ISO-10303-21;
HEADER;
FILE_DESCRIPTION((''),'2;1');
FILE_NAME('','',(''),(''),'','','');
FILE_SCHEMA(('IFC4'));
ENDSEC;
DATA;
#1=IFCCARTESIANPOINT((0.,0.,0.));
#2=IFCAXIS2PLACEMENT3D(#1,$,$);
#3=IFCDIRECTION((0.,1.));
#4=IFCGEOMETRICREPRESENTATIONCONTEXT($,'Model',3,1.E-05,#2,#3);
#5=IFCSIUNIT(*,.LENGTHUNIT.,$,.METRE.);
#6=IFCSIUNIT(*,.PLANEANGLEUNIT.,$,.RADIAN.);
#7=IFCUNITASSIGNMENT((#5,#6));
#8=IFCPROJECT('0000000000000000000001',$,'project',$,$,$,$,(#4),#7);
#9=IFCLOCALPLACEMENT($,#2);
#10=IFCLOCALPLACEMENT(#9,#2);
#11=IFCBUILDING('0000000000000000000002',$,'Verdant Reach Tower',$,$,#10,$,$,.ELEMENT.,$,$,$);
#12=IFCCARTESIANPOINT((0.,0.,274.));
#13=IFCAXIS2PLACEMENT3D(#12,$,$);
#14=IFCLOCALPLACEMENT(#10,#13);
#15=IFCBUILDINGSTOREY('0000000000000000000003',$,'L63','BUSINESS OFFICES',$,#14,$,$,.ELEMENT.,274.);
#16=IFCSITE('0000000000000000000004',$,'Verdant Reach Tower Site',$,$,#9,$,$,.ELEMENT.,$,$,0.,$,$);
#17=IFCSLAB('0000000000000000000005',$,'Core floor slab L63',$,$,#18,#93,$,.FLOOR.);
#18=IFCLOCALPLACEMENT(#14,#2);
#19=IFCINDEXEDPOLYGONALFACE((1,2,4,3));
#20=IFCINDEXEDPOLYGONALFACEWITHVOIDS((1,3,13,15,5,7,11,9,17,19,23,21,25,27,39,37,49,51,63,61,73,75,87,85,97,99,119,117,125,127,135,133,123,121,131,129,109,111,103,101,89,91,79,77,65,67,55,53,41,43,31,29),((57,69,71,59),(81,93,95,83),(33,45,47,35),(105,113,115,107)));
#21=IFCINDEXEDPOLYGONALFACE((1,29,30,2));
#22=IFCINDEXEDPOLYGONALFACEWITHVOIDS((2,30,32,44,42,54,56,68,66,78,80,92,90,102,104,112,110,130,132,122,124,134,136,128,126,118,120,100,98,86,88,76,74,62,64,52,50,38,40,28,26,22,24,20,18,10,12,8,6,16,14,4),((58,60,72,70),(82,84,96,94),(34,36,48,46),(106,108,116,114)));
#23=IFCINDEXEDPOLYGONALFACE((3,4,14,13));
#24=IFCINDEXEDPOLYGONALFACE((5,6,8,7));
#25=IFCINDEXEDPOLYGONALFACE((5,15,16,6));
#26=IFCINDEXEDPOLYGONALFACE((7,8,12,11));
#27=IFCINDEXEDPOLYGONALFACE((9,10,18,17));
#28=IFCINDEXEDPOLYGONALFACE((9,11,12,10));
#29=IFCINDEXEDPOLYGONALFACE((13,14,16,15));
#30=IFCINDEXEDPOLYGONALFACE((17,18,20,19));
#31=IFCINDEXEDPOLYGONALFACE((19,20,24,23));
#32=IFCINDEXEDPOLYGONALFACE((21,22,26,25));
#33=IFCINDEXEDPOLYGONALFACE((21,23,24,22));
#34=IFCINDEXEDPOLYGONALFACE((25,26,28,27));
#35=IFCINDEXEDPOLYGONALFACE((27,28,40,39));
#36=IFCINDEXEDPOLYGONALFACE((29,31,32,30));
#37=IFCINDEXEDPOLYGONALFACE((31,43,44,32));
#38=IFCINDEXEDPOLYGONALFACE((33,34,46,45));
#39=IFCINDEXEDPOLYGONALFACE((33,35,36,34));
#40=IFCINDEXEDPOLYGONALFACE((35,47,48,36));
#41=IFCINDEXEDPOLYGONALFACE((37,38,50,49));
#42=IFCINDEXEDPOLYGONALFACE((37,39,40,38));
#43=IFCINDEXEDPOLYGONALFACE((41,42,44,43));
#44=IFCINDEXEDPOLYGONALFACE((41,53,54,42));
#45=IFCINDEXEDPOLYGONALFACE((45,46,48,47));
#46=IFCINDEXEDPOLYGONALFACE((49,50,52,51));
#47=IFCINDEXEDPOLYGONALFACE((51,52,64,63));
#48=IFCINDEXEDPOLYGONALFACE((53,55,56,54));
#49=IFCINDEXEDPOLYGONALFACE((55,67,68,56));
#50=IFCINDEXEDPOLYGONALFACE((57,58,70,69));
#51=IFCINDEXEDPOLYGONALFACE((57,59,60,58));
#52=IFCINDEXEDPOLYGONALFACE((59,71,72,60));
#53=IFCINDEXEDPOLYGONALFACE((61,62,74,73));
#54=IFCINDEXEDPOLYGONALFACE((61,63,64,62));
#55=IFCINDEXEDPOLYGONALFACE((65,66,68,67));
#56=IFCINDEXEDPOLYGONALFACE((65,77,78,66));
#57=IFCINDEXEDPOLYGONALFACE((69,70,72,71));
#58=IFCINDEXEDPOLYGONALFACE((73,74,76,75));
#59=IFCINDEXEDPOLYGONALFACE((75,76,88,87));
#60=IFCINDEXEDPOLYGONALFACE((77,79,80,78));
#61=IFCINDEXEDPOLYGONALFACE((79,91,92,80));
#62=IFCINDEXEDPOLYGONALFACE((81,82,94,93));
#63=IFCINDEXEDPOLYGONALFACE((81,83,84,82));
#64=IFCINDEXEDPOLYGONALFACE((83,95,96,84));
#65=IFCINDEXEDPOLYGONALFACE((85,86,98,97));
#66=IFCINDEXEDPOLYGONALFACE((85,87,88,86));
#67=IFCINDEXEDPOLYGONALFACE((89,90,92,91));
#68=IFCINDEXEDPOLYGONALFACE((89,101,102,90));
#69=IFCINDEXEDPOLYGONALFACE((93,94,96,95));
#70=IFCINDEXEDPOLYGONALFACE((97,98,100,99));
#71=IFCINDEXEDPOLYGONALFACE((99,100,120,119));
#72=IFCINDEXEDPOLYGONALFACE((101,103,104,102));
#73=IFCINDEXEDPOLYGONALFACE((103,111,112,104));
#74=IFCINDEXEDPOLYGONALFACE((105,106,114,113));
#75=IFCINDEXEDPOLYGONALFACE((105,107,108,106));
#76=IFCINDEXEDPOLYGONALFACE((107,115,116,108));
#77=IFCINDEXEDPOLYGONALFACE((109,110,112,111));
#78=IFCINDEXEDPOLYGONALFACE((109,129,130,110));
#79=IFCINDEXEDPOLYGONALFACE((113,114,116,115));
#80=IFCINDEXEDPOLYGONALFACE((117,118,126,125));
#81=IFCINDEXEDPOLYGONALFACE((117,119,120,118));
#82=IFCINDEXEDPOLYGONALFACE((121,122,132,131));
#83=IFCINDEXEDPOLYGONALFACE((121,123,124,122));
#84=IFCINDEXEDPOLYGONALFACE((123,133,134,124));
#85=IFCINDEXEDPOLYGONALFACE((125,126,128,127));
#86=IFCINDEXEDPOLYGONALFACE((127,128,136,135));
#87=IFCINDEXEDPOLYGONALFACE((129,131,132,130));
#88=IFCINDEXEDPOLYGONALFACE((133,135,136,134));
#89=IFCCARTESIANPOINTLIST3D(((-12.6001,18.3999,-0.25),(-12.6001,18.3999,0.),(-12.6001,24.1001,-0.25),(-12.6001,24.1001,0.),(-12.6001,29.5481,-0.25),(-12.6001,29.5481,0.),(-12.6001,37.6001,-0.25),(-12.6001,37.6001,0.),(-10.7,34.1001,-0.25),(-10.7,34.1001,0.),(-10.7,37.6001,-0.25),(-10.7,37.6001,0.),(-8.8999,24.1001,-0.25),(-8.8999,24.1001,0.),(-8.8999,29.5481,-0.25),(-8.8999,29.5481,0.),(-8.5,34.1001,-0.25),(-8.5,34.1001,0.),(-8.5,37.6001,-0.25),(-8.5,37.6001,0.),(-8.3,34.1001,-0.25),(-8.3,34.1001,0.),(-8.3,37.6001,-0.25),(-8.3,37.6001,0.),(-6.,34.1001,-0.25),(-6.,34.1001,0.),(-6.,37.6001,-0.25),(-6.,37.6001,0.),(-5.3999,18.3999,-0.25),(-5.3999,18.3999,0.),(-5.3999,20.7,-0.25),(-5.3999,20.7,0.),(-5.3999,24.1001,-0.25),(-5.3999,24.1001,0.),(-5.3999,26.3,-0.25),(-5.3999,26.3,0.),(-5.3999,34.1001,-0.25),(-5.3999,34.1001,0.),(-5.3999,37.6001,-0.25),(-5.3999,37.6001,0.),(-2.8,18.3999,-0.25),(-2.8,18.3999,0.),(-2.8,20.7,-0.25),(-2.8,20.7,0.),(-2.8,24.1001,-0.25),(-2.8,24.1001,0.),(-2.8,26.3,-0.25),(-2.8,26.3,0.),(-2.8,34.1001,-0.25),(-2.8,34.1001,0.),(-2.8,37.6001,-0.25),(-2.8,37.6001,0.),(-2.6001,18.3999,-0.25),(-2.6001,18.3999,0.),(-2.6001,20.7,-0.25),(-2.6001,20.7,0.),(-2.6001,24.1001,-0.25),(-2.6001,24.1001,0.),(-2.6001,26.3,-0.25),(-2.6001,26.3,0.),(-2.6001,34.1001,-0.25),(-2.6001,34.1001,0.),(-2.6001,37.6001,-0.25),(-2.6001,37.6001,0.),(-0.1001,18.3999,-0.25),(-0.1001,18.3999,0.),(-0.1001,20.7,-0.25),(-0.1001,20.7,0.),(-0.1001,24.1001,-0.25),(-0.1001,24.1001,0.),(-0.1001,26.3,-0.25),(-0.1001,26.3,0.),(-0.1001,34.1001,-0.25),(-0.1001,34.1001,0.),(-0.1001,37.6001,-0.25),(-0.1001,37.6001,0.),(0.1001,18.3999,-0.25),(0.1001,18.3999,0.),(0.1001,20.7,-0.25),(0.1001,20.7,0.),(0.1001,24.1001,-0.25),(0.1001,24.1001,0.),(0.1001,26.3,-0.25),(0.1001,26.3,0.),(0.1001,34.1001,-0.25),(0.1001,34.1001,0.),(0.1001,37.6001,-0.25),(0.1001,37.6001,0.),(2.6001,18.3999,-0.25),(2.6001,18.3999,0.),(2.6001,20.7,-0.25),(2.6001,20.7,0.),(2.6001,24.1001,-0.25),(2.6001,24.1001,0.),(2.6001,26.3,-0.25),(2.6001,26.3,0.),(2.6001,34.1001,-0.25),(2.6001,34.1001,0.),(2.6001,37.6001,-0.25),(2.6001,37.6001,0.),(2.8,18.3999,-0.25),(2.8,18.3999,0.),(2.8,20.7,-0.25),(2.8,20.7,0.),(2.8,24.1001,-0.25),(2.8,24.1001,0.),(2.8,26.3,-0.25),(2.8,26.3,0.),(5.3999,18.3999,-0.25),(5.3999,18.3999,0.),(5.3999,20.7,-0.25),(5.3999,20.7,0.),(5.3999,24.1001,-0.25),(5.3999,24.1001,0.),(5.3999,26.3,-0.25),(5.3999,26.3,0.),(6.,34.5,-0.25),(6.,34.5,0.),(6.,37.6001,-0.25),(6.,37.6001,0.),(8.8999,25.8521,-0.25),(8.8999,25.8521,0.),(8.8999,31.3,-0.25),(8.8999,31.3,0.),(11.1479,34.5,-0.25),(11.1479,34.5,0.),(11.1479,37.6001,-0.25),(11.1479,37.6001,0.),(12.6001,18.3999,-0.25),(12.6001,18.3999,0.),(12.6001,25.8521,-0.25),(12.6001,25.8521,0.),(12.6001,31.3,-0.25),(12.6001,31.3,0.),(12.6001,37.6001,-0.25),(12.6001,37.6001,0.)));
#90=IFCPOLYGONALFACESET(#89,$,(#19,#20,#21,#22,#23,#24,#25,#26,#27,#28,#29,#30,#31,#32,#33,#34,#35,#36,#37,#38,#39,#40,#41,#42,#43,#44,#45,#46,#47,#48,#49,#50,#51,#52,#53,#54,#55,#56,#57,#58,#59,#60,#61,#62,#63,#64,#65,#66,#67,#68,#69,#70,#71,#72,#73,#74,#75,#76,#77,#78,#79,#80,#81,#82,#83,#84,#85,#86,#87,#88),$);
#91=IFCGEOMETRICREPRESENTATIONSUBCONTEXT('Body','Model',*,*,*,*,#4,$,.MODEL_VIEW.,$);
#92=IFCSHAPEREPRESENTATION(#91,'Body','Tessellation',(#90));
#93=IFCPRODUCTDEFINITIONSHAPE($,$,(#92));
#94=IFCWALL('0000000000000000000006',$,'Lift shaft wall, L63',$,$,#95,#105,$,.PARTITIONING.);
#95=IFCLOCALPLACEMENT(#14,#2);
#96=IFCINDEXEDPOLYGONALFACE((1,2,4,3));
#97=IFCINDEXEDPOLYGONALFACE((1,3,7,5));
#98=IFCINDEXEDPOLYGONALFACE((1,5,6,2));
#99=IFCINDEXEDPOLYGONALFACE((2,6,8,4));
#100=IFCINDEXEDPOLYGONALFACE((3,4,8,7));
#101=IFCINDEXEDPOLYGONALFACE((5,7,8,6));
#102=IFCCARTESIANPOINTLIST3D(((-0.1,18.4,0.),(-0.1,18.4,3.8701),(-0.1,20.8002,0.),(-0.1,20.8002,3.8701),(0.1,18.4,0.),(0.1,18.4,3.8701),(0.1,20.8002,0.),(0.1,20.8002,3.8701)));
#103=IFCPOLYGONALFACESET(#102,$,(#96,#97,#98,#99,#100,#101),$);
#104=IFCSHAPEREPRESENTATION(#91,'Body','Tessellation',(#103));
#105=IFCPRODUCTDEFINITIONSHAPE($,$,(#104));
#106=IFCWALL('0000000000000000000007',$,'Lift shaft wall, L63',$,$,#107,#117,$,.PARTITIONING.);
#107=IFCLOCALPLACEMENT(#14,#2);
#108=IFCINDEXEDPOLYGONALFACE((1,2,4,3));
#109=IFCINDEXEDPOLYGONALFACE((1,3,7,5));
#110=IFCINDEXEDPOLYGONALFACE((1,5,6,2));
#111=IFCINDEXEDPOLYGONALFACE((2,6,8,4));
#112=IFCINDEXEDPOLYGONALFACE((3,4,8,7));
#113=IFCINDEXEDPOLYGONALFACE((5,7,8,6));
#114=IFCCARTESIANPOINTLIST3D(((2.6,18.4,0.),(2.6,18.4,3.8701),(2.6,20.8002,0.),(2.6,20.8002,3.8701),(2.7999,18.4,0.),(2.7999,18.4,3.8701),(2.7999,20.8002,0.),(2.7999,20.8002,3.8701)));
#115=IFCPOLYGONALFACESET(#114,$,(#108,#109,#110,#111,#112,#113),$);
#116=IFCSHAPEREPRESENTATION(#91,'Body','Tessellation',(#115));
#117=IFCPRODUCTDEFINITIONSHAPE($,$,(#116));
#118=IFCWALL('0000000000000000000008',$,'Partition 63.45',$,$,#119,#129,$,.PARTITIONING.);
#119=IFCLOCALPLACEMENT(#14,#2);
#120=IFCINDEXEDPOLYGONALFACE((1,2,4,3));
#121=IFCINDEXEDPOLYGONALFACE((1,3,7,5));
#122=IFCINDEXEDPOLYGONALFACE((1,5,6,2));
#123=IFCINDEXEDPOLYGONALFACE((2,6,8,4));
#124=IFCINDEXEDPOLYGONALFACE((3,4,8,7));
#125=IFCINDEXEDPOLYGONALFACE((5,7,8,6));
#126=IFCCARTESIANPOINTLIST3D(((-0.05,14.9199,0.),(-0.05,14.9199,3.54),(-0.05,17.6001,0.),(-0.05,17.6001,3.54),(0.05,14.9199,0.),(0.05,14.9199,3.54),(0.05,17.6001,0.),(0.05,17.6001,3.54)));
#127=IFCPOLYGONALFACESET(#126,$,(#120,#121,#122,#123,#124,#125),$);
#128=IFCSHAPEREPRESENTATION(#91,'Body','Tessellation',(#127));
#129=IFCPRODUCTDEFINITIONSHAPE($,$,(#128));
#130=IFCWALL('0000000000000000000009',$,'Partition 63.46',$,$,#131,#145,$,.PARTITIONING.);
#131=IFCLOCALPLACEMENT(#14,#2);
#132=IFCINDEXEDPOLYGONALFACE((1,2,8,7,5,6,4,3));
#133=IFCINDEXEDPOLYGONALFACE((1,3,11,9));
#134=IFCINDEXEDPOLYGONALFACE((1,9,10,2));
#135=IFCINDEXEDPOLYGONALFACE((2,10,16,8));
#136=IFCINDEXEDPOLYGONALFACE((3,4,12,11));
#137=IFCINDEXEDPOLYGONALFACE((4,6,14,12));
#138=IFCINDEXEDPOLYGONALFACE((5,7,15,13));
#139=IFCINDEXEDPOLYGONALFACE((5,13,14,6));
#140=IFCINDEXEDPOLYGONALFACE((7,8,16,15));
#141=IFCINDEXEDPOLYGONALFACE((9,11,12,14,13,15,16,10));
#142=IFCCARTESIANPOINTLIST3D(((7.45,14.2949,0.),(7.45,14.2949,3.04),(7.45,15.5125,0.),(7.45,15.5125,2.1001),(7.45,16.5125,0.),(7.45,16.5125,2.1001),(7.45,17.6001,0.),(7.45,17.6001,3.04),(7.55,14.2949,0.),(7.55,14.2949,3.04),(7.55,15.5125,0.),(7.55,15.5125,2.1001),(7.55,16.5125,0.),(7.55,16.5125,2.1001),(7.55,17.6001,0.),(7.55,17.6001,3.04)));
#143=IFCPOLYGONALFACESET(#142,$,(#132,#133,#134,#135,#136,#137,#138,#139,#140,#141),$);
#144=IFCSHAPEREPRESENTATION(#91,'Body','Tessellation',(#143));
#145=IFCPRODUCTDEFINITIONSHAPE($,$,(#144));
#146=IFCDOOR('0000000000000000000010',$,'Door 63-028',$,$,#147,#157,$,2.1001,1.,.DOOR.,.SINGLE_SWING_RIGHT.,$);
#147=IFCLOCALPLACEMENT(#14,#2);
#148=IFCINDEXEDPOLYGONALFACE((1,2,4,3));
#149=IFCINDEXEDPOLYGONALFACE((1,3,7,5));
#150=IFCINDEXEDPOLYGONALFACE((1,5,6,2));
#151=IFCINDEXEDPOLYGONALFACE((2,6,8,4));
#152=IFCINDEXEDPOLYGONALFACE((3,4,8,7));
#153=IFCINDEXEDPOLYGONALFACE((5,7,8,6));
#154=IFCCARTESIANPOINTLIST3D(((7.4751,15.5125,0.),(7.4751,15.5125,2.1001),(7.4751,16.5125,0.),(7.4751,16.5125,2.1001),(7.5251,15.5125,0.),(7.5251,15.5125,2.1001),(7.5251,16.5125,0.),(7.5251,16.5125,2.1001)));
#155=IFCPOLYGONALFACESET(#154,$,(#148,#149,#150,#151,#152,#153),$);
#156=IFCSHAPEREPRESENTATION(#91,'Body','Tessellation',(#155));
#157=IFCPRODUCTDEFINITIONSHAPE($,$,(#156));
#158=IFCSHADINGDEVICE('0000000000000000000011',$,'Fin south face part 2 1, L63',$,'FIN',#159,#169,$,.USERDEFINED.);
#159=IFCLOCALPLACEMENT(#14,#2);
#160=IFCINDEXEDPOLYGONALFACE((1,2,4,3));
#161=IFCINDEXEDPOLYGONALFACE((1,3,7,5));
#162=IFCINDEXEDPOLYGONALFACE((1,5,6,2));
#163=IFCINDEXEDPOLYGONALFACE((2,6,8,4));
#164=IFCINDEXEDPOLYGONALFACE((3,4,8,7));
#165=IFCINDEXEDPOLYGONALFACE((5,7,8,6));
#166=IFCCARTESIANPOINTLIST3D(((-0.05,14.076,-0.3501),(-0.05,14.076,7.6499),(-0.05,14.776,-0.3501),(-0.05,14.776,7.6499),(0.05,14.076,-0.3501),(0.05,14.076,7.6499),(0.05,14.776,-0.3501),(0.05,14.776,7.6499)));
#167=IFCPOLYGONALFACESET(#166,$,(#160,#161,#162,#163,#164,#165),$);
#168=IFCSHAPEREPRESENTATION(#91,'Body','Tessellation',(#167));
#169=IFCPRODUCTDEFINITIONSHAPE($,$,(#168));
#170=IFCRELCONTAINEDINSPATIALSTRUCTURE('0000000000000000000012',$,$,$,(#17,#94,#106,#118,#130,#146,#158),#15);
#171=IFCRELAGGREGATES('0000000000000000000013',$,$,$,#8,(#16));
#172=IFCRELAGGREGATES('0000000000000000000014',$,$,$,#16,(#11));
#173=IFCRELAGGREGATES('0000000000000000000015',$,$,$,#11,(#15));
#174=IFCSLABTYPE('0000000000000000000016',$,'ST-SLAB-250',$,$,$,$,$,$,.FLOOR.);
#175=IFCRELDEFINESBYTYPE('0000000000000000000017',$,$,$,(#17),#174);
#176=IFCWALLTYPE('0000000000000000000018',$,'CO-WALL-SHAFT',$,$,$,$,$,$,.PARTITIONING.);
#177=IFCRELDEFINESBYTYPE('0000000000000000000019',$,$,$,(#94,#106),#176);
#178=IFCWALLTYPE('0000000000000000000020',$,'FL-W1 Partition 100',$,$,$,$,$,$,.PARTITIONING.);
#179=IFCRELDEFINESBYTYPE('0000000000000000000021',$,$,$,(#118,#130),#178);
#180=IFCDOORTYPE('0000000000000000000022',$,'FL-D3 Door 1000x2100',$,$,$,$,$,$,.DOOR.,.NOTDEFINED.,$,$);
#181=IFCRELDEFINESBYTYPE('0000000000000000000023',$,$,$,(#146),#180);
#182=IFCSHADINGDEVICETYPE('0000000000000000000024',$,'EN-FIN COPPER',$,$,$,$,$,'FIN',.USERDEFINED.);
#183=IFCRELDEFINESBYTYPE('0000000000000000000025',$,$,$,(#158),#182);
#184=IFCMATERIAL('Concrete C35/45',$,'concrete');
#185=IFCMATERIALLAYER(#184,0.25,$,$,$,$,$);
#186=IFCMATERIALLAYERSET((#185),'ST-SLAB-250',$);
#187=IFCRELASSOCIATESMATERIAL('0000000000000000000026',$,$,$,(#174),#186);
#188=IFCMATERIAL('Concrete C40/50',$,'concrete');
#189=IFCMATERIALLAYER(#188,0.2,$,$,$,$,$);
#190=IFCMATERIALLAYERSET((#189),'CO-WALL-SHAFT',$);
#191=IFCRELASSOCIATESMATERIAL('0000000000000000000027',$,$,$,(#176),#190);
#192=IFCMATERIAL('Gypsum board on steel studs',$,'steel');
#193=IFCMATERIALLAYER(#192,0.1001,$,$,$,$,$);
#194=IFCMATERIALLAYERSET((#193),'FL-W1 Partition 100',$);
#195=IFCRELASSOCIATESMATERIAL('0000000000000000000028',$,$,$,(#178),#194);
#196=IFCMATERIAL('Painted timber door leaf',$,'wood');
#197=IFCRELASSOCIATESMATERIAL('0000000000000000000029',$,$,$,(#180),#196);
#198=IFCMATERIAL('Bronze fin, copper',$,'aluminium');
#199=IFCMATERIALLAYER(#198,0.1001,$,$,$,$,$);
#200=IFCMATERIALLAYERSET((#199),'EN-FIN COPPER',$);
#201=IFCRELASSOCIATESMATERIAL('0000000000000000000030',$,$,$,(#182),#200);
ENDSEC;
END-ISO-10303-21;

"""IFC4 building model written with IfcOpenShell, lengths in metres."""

from ifc_helpers import new_model, si_unit, direction, frame, frame_2d, origin, origin_2d, place, context, subcontext, project, spatial, polyline, rectangle, outline, extrude, material, layer, layer_set, type_object, element, fill, save


model = new_model("IFC4")

# Units and contexts
model_context = context("Model", 3, precision=1e-05, world=origin(), true_north=direction((0.0, 1.0)))
body_context = subcontext(model_context, "Body", "Model", "MODEL_VIEW")
ifc_project = project(units=[si_unit("LENGTHUNIT", "METRE"), si_unit("PLANEANGLEUNIT", "RADIAN")], contexts=[model_context])

# Site, building, storey
site_placement = place(None, origin())
site = spatial("IfcSite", under=ifc_project, at=site_placement, Name="Verdant Reach Tower Site", CompositionType="ELEMENT", RefElevation=0.0)
building_placement = place(site_placement, origin())
building = spatial("IfcBuilding", under=site, at=building_placement, Name="Verdant Reach Tower", CompositionType="ELEMENT")
storey_placement = place(building_placement, frame((0.0, 0.0, 274.0)))
storey = spatial("IfcBuildingStorey", under=building, at=storey_placement, Name="L63", Description="BUSINESS OFFICES", CompositionType="ELEMENT", Elevation=274.0)

# Shared definitions
ifc_material_1 = material(Name="Concrete C40/50", Category="concrete")

# Slab
ifc_material_2 = material(Name="Concrete C35/45", Category="concrete")
ifc_layer_1 = layer(ifc_material_2, 0.25)
ifc_layer_set_1 = layer_set([ifc_layer_1], Name="ST-SLAB-250")
slab_type_1 = type_object("IfcSlabType", Name="ST-SLAB-250", PredefinedType="FLOOR", material=ifc_layer_set_1)
slab_1_placement = place(storey_placement, frame((0.0, 0.0, -0.25)))
element("IfcSlab", 1, at=slab_1_placement, inside=storey, type_object=slab_type_1, Name="Core floor slab L63", PredefinedType="FLOOR", context=body_context, shape_type="SweptSolid", body=[
    extrude(outline(polyline([(12.6001, 18.3999), (5.3999, 18.3999), (5.3999, 20.7), (2.8, 20.7), (2.8, 18.3999), (2.6001, 18.3999), (2.6001, 20.7), (0.1001, 20.7), (0.1001, 18.3999), (-0.1001, 18.3999), (-0.1001, 20.7), (-2.6001, 20.7), (-2.6001, 18.3999), (-2.8, 18.3999), (-2.8, 20.7), (-5.3999, 20.7), (-5.3999, 18.3999), (-12.6001, 18.3999), (-12.6001, 24.1001), (-8.8999, 24.1001), (-8.8999, 29.5481), (-12.6001, 29.5481), (-12.6001, 37.6001), (-10.7, 37.6001), (-10.7, 34.1001), (-8.5, 34.1001), (-8.5, 37.6001), (-8.3, 37.6001), (-8.3, 34.1001), (-6.0, 34.1001), (-6.0, 37.6001), (-5.3999, 37.6001), (-5.3999, 34.1001), (-2.8, 34.1001), (-2.8, 37.6001), (-2.6001, 37.6001), (-2.6001, 34.1001), (-0.1001, 34.1001), (-0.1001, 37.6001), (0.1001, 37.6001), (0.1001, 34.1001), (2.6001, 34.1001), (2.6001, 37.6001), (6.0, 37.6001), (6.0, 34.5), (11.1479, 34.5), (11.1479, 37.6001), (12.6001, 37.6001), (12.6001, 31.3), (8.8999, 31.3), (8.8999, 25.8521), (12.6001, 25.8521), (12.6001, 18.3999)]), holes=[polyline([(-2.8, 24.1001), (-2.8, 26.3), (-5.3999, 26.3), (-5.3999, 24.1001), (-2.8, 24.1001)]), polyline([(-0.1001, 24.1001), (-0.1001, 26.3), (-2.6001, 26.3), (-2.6001, 24.1001), (-0.1001, 24.1001)]), polyline([(2.6001, 24.1001), (2.6001, 26.3), (0.1001, 26.3), (0.1001, 24.1001), (2.6001, 24.1001)]), polyline([(5.3999, 24.1001), (5.3999, 26.3), (2.8, 26.3), (2.8, 24.1001), (5.3999, 24.1001)])]), origin(), (0.0, 0.0, 1.0), 0.25),
])

# Walls
ifc_layer_2 = layer(ifc_material_1, 0.2)
ifc_layer_set_2 = layer_set([ifc_layer_2], Name="CO-WALL-SHAFT")
wall_type_1 = type_object("IfcWallType", Name="CO-WALL-SHAFT", PredefinedType="PARTITIONING", material=ifc_layer_set_2)
for number, where, z_axis, x_axis, name in (
    (2, (0.0, 18.3999, 0.0), (0.0, 0.0, 1.0), (0.0, 1.0, 0.0), "Lift shaft wall, L63"),
    (3, (2.7, 18.3999, 0.0), (0.0, 0.0, 1.0), (0.0, 1.0, 0.0), "Lift shaft wall, L63"),
):
    element("IfcWall", number, at=place(storey_placement, frame(where, z_axis=z_axis, x_axis=x_axis)), inside=storey, type_object=wall_type_1, Name=name, PredefinedType="PARTITIONING", context=body_context, shape_type="SweptSolid", body=[
        extrude(rectangle(XDim=2.4001, YDim=0.2, at=frame_2d((1.2002, 0.0))), origin(), (0.0, 0.0, 1.0), 3.8701),
    ])
ifc_material_3 = material(Name="Gypsum board on steel studs", Category="steel")
ifc_layer_3 = layer(ifc_material_3, 0.1001)
ifc_layer_set_3 = layer_set([ifc_layer_3], Name="FL-W1 Partition 100")
wall_type_2 = type_object("IfcWallType", Name="FL-W1 Partition 100", PredefinedType="PARTITIONING", material=ifc_layer_set_3)
wall_1_placement = place(storey_placement, frame((0.0, 14.9199, 0.0), z_axis=(0.0, 0.0, 1.0), x_axis=(0.0, 1.0, 0.0)))
element("IfcWall", 4, at=wall_1_placement, inside=storey, type_object=wall_type_2, Name="Partition 63.45", PredefinedType="PARTITIONING", context=body_context, shape_type="SweptSolid", body=[
    extrude(rectangle(XDim=2.6802, YDim=0.1001, at=frame_2d((1.3401, 0.0))), origin(), (0.0, 0.0, 1.0), 3.54),
])

# Wall, opening, door
wall_2_placement = place(storey_placement, frame((7.5, 14.2949, 0.0), z_axis=(0.0, 0.0, 1.0), x_axis=(0.0, 1.0, 0.0)))
wall_2 = element("IfcWall", 5, at=wall_2_placement, inside=storey, type_object=wall_type_2, Name="Partition 63.46", PredefinedType="PARTITIONING", context=body_context, shape_type="SweptSolid", body=[
    extrude(rectangle(XDim=3.3052, YDim=0.1001, at=frame_2d((1.6526, 0.0))), origin(), (0.0, 0.0, 1.0), 3.04),
])
opening_placement = place(wall_2_placement, frame((1.2175, 0.0, 0.0)))
opening = element("IfcOpeningElement", 6, at=opening_placement, cuts=wall_2, PredefinedType="OPENING", context=body_context, shape_type="SweptSolid", body=[
    extrude(rectangle(XDim=1.0, YDim=2.1001, at=frame_2d((0.5, 1.05))), frame((0.0, 0.0601, 0.0), z_axis=(0.0, -1.0, 0.0), x_axis=(1.0, 0.0, 0.0)), (0.0, 0.0, 1.0), 0.1201),
])
ifc_material_4 = material(Name="Painted timber door leaf", Category="wood")
door_type = type_object("IfcDoorType", Name="FL-D3 Door 1000x2100", OperationType="NOTDEFINED", PredefinedType="DOOR", material=ifc_material_4)
door_placement = place(opening_placement, origin())
door = element("IfcDoor", 7, at=door_placement, inside=storey, type_object=door_type, Name="Door 63-028", OperationType="SINGLE_SWING_RIGHT", OverallHeight=2.1001, OverallWidth=1.0, PredefinedType="DOOR", context=body_context, shape_type="SweptSolid", body=[
    extrude(rectangle(XDim=1.0, YDim=2.1001, at=frame_2d((0.5, 1.05))), frame((0.0, 0.0249, 0.0), z_axis=(0.0, -1.0, 0.0), x_axis=(1.0, 0.0, 0.0)), (0.0, 0.0, 1.0), 0.05),
])
fill(opening, door)

# Shading device
ifc_material_5 = material(Name="Bronze fin, copper", Category="aluminium")
ifc_layer_4 = layer(ifc_material_5, 0.1001)
ifc_layer_set_4 = layer_set([ifc_layer_4], Name="EN-FIN COPPER")
shading_device_type_1 = type_object("IfcShadingDeviceType", Name="EN-FIN COPPER", ElementType="FIN", PredefinedType="USERDEFINED", material=ifc_layer_set_4)
shading_device_1_placement = place(storey_placement, frame((0.0, 14.426, -0.3501), z_axis=(0.0, 0.0, 1.0), x_axis=(1.0, 0.0, 0.0)))
element("IfcShadingDevice", 8, at=shading_device_1_placement, inside=storey, type_object=shading_device_type_1, Name="Fin south face part 2 1, L63", ObjectType="FIN", PredefinedType="USERDEFINED", context=body_context, shape_type="SweptSolid", body=[
    extrude(rectangle(XDim=0.1001, YDim=0.7, at=origin_2d()), origin(), (0.0, 0.0, 1.0), 8.0),
])

save(model, "model.ifc")
